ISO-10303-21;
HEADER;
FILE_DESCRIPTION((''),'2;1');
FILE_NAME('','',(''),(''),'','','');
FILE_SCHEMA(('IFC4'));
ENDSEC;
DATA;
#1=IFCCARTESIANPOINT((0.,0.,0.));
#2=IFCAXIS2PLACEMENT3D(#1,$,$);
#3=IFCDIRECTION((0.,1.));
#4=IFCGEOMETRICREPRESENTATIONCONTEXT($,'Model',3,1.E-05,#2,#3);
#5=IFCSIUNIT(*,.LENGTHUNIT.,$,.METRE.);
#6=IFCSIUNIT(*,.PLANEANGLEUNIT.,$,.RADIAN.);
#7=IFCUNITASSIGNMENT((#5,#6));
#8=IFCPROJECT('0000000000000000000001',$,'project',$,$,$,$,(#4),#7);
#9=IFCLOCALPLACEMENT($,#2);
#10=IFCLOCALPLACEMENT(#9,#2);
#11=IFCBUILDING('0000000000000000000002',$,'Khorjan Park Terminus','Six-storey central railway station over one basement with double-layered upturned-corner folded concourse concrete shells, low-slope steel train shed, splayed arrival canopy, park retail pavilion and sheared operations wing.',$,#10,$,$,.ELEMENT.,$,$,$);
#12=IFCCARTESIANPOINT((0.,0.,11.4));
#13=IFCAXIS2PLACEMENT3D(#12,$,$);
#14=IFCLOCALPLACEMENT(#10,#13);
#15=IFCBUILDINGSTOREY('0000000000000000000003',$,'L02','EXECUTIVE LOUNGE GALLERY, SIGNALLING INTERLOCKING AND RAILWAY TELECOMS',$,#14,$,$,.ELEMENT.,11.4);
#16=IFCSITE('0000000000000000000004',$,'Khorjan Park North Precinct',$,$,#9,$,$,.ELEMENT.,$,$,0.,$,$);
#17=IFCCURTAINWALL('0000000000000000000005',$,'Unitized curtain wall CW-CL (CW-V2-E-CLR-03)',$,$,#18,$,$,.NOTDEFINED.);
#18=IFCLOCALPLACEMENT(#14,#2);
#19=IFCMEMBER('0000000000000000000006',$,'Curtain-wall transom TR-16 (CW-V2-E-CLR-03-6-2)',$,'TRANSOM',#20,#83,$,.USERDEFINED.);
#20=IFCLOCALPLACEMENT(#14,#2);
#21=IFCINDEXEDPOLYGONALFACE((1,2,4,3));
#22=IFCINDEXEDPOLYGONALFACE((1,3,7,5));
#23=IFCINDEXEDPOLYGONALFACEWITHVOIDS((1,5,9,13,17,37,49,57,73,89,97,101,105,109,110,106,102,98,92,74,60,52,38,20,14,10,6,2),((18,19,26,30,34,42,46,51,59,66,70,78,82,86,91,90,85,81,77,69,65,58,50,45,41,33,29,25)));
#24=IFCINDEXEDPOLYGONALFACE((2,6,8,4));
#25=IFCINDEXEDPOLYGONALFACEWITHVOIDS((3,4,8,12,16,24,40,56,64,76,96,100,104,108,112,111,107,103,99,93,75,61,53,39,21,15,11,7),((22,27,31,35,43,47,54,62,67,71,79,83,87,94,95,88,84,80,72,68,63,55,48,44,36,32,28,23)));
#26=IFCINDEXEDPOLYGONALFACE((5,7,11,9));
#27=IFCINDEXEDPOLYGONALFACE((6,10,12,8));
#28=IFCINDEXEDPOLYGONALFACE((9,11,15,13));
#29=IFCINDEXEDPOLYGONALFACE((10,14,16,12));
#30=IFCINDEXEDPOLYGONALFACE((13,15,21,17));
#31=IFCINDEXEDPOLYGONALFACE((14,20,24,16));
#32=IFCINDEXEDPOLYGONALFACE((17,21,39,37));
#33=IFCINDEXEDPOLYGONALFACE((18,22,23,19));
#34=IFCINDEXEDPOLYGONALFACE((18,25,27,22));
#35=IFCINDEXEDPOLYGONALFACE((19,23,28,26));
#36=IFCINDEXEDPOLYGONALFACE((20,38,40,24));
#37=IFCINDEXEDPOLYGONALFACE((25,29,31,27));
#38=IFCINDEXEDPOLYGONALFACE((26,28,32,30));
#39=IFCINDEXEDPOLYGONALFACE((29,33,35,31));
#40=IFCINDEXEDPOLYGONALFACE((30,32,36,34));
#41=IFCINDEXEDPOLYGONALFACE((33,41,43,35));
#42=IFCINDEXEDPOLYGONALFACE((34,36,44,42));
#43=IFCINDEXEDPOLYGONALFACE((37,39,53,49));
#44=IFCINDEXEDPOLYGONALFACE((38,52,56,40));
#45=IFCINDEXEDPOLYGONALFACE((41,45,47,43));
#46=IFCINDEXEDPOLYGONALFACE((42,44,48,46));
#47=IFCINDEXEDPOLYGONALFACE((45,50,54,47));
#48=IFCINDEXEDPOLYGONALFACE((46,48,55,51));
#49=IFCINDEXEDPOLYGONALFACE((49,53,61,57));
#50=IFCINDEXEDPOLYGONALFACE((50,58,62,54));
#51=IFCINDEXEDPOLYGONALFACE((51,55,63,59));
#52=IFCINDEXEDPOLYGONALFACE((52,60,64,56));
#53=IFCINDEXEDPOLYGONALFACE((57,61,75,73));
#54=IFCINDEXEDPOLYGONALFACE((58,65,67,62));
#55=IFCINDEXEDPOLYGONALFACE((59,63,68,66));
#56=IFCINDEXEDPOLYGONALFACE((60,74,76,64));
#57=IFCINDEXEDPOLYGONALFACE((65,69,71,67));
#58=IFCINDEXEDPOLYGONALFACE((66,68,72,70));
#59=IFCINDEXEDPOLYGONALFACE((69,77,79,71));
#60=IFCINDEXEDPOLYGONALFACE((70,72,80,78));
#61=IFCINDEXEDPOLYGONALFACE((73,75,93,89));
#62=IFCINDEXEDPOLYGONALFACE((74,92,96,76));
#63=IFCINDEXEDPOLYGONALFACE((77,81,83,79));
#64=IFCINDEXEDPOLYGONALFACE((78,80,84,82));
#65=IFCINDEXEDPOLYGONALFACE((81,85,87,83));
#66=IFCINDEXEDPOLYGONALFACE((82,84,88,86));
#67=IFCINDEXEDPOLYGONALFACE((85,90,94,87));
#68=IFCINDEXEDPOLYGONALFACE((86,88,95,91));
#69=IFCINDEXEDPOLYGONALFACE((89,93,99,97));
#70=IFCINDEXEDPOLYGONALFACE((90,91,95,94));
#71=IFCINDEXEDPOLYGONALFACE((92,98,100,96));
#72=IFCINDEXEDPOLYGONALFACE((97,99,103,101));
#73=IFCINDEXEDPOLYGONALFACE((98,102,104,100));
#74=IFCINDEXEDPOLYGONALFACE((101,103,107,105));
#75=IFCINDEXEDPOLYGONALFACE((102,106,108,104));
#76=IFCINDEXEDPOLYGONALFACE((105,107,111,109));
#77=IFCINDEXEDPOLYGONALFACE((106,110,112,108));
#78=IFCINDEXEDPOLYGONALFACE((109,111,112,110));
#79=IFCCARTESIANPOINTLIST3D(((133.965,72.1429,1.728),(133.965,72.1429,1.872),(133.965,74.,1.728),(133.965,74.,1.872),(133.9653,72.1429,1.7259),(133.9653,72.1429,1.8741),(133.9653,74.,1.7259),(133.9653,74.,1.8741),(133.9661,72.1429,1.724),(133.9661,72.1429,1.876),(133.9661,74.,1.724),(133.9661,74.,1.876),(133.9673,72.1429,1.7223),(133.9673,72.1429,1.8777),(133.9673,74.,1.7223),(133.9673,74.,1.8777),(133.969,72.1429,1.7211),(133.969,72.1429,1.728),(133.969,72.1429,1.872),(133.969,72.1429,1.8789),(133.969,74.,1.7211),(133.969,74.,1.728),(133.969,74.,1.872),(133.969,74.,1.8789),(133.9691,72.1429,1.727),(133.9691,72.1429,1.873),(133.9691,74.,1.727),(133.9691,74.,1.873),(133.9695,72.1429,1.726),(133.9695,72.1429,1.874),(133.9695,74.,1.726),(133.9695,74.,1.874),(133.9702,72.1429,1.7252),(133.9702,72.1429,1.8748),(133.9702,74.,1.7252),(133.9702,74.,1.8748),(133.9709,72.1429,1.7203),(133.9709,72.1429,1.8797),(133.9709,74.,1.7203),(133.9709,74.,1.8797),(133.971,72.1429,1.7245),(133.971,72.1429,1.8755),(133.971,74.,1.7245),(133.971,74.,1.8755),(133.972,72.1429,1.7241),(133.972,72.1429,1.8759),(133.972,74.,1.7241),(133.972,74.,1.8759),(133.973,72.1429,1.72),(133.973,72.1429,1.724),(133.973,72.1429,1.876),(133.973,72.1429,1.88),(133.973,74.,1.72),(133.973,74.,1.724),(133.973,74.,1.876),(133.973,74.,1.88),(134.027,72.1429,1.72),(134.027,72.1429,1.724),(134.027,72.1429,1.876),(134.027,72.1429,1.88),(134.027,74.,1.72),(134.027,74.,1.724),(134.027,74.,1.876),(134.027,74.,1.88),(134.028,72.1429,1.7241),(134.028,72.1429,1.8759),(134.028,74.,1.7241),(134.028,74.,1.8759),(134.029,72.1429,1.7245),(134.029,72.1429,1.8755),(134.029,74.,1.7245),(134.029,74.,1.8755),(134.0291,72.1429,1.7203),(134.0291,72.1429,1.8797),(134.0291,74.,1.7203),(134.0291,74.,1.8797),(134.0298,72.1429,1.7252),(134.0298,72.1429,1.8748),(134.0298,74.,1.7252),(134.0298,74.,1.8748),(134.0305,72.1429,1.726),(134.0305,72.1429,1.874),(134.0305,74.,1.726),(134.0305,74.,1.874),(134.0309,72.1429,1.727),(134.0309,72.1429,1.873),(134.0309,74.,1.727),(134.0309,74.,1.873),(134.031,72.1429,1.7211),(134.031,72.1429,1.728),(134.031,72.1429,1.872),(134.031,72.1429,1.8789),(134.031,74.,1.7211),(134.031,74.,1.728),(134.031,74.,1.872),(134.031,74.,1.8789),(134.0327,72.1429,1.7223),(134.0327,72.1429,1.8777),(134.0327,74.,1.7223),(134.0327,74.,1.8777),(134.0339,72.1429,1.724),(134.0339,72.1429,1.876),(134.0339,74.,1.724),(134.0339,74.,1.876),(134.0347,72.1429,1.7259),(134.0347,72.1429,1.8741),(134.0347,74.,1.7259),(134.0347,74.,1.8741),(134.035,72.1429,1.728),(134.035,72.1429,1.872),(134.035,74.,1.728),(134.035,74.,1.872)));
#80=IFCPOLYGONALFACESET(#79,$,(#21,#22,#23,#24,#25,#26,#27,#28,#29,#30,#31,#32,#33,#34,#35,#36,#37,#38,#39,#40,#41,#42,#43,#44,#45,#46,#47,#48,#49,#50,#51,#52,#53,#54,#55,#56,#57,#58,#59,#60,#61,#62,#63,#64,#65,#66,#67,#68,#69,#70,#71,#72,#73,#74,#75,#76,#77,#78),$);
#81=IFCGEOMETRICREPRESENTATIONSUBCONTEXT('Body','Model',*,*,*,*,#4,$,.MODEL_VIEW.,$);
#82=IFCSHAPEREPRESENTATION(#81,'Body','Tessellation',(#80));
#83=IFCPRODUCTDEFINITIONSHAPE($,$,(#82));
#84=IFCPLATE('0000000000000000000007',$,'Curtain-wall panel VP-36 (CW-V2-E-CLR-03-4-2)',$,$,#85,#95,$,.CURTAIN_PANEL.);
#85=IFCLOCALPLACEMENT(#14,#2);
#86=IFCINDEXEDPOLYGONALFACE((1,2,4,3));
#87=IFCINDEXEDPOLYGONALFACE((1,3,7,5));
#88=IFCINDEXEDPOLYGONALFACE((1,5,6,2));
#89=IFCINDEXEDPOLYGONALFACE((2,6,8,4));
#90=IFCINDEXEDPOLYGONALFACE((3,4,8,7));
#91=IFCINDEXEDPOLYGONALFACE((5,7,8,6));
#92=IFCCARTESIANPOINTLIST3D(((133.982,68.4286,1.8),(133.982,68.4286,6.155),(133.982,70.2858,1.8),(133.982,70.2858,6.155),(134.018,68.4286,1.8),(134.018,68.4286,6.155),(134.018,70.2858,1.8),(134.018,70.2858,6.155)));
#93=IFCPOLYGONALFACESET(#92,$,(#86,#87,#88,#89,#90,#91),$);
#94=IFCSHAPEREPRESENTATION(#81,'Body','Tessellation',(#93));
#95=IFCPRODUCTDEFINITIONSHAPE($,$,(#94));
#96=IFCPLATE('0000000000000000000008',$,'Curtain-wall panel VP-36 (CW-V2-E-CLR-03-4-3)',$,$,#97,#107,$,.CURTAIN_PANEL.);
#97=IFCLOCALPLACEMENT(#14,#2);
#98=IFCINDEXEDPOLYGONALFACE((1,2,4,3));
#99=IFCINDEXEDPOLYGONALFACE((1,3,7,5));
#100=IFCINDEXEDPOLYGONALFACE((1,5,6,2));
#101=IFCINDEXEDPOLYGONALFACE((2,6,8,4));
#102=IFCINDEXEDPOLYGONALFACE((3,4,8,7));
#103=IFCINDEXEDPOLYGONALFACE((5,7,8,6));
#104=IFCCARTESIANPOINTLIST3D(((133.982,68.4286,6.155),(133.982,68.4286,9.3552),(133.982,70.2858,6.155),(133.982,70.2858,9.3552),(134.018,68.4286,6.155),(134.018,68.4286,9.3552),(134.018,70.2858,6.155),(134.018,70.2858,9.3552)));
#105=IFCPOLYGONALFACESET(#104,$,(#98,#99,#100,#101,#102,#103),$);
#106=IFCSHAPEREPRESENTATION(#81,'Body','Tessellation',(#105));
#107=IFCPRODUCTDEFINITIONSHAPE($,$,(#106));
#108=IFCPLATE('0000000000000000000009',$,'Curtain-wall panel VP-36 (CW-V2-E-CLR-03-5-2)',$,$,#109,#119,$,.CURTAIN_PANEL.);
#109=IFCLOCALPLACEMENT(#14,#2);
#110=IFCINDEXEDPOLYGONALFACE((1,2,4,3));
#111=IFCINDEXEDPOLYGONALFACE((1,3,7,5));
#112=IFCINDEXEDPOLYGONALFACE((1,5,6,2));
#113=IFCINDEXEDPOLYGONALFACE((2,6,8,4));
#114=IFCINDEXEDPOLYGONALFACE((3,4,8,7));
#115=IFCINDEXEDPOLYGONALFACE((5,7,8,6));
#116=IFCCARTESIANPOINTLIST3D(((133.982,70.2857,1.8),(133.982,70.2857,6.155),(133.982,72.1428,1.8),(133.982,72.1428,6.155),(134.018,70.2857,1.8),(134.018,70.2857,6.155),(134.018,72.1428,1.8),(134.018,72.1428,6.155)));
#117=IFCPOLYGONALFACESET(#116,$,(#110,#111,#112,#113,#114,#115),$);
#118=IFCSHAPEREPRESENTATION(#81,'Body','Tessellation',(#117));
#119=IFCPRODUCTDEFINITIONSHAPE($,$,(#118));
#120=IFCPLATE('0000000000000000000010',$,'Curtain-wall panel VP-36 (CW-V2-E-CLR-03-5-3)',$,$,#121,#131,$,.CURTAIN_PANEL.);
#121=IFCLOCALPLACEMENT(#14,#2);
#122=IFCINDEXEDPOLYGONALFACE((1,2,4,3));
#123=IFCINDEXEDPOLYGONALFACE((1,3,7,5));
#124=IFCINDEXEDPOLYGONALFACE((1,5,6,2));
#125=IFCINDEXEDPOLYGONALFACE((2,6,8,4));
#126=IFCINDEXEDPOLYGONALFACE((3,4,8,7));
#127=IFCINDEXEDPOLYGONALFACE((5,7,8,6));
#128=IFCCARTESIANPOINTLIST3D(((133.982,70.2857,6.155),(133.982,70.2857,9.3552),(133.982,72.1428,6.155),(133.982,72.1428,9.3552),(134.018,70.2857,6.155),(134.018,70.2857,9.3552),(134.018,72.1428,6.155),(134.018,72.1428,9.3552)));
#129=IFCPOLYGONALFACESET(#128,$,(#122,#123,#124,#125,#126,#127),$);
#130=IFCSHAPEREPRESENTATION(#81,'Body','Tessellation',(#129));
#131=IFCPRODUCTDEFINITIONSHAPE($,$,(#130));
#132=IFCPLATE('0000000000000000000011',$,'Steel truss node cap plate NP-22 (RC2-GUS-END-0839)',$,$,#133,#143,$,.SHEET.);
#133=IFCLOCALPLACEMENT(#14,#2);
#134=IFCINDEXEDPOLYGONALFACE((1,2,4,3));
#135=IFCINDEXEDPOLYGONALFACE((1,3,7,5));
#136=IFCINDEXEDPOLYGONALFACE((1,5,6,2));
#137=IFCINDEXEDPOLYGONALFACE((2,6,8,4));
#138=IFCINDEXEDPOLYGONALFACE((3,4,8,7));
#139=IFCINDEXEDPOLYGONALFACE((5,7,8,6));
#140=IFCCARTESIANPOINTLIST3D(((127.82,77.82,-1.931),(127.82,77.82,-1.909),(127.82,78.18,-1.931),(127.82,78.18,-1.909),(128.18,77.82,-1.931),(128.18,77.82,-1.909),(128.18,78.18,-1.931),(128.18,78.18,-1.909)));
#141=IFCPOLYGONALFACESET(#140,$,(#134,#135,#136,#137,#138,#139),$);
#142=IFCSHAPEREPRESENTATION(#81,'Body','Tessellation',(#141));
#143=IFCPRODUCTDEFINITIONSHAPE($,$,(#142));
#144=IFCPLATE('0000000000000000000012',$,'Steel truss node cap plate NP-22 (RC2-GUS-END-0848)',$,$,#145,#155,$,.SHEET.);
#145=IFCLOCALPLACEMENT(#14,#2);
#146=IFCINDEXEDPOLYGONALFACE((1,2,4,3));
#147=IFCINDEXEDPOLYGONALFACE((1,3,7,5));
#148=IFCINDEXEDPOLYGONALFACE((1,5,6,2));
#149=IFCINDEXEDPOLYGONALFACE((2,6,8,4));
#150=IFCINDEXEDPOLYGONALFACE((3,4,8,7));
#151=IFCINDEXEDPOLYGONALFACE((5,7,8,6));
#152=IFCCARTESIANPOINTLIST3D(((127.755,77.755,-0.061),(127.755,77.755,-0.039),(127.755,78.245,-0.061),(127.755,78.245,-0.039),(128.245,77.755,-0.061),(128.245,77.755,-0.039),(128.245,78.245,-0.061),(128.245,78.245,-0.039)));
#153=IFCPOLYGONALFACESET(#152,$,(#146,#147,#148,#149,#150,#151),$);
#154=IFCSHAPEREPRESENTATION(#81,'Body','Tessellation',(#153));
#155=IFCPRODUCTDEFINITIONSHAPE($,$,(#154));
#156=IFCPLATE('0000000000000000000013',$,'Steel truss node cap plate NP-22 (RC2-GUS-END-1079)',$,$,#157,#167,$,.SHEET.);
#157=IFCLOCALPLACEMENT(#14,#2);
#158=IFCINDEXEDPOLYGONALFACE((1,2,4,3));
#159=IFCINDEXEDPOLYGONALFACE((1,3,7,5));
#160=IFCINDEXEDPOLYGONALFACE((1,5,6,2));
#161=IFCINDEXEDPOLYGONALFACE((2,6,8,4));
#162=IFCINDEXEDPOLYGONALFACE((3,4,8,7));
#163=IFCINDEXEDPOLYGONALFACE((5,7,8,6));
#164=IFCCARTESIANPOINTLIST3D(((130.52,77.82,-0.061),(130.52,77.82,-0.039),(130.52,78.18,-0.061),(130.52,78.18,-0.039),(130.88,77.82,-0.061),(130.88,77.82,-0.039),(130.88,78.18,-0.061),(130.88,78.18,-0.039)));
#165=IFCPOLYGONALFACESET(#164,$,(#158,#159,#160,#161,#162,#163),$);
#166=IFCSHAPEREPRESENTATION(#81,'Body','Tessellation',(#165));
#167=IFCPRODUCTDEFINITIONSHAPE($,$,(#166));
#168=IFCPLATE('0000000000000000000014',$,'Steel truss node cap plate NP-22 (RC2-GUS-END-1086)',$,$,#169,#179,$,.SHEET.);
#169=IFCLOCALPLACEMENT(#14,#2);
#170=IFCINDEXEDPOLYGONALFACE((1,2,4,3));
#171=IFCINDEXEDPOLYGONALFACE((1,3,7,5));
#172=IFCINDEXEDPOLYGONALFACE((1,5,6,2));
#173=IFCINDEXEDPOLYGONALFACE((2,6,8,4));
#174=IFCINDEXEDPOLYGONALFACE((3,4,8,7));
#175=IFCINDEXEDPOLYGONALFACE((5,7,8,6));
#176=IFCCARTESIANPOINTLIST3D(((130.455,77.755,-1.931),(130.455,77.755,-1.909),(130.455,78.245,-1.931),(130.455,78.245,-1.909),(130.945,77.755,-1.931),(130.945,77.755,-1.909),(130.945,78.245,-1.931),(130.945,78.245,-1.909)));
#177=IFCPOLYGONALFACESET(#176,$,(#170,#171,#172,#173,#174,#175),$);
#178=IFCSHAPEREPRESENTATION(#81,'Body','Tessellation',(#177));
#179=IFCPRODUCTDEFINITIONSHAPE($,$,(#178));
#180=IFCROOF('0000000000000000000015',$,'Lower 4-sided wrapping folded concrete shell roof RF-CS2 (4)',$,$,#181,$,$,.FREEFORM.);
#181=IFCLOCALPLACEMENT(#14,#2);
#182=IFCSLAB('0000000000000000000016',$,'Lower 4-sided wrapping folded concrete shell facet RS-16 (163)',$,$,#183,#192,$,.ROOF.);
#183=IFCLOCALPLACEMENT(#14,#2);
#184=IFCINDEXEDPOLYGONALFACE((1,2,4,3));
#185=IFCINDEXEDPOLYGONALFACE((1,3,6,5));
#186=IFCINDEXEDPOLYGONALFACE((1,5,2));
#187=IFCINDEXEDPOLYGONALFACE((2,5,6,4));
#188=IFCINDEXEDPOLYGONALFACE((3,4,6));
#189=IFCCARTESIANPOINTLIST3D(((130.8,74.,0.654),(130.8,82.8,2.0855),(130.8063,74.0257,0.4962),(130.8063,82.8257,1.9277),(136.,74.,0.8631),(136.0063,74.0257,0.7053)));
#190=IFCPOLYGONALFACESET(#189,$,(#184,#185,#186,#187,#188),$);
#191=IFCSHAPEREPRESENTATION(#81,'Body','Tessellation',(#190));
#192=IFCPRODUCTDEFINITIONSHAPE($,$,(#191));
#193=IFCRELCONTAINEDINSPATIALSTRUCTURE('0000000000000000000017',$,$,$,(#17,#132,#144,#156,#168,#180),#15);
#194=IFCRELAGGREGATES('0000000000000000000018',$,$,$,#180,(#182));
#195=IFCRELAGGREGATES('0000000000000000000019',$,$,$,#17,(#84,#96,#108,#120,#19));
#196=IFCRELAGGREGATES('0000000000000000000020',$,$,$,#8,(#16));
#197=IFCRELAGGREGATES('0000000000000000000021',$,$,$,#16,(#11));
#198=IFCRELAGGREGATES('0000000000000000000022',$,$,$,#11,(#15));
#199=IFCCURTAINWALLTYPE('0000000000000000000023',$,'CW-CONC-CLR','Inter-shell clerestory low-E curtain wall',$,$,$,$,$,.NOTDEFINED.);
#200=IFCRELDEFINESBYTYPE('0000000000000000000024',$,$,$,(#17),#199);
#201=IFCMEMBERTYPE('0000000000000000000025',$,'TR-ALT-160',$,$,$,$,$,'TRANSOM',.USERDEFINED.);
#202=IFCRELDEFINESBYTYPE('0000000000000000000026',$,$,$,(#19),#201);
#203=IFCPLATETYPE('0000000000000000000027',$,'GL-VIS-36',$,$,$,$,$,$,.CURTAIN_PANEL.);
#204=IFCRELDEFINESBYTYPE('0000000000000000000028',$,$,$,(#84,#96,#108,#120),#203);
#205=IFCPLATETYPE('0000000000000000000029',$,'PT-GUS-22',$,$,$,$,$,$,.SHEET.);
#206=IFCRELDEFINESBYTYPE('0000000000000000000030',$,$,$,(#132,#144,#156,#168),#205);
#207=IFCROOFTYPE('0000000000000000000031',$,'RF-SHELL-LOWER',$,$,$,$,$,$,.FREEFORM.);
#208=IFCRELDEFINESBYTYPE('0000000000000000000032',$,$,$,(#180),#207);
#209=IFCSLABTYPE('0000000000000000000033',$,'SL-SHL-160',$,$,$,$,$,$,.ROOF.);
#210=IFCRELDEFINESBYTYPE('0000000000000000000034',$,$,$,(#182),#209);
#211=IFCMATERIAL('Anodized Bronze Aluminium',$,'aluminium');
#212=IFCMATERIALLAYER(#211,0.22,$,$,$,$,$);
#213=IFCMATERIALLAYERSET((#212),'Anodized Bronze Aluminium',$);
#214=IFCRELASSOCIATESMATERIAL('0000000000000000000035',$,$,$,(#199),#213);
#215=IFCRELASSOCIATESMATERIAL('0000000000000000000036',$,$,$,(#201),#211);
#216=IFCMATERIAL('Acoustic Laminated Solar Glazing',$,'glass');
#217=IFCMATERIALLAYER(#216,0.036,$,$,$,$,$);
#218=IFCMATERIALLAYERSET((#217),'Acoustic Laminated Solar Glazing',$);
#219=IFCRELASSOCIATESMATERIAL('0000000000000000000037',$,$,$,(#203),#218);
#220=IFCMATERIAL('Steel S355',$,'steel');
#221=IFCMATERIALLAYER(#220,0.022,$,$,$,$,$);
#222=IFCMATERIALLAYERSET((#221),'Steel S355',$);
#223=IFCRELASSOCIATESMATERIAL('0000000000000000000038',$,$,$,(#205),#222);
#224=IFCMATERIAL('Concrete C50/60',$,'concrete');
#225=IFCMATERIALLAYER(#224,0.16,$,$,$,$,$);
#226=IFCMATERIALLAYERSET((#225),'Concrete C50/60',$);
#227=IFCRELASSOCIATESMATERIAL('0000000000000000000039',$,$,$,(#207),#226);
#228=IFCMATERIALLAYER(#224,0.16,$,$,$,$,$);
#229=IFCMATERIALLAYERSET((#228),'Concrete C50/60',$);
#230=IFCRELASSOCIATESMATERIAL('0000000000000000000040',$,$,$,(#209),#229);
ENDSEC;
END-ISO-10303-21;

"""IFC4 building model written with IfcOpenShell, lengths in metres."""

from ifc_helpers import new_model, si_unit, direction, frame, origin, origin_2d, place, context, subcontext, project, spatial, polyline, rectangle, hollow_rectangle, outline, extrude, material, layer, layer_set, material_profile, profile_set, type_object, element, aggregate, save


model = new_model("IFC4")

# Units and contexts
model_context = context("Model", 3, precision=1e-05, world=origin(), true_north=direction((0.0, 1.0)))
body_context = subcontext(model_context, "Body", "Model", "MODEL_VIEW")
ifc_project = project(units=[si_unit("LENGTHUNIT", "METRE"), si_unit("PLANEANGLEUNIT", "RADIAN")], contexts=[model_context])

# Site, building, storey
site_placement = place(None, origin())
site = spatial("IfcSite", under=ifc_project, at=site_placement, Name="Khorjan Park North Precinct", CompositionType="ELEMENT", RefElevation=0.0)
building_placement = place(site_placement, origin())
building = spatial("IfcBuilding", under=site, at=building_placement, Name="Khorjan Park Terminus", Description="Six-storey central railway station over one basement with double-layered upturned-corner folded concourse concrete shells, low-slope steel train shed, splayed arrival canopy, park retail pavilion and sheared operations wing.", CompositionType="ELEMENT")
storey_placement = place(building_placement, frame((0.0, 0.0, 11.4)))
storey = spatial("IfcBuildingStorey", under=building, at=storey_placement, Name="L02", Description="EXECUTIVE LOUNGE GALLERY, SIGNALLING INTERLOCKING AND RAILWAY TELECOMS", CompositionType="ELEMENT", Elevation=11.4)

# Shared definitions
ifc_material_1 = material(Name="Steel S355", Category="steel")

# Curtain wall, member, plates
ifc_material_2 = material(Name="Anodized Bronze Aluminium", Category="aluminium")
ifc_layer_1 = layer(ifc_material_2, 0.22)
ifc_layer_set_1 = layer_set([ifc_layer_1], Name="Anodized Bronze Aluminium")
curtain_wall_type = type_object("IfcCurtainWallType", Name="CW-CONC-CLR", Description="Inter-shell clerestory low-E curtain wall", PredefinedType="NOTDEFINED", material=ifc_layer_set_1)
curtain_wall_placement = place(storey_placement, origin())
curtain_wall = element("IfcCurtainWall", 1, at=curtain_wall_placement, inside=storey, type_object=curtain_wall_type, Name="Unitized curtain wall CW-CL (CW-V2-E-CLR-03)", PredefinedType="NOTDEFINED")
ifc_material_profile_1 = material_profile(ifc_material_2, hollow_rectangle(XDim=0.07, YDim=0.16, WallThickness=0.004, InnerFilletRadius=0.004, OuterFilletRadius=0.008, at=origin_2d()), Name="ALT 70x160x4")
ifc_profile_set_1 = profile_set([ifc_material_profile_1], Name="Anodized Bronze Aluminium")
member_type_1 = type_object("IfcMemberType", Name="TR-ALT-160", ElementType="TRANSOM", PredefinedType="USERDEFINED", material=ifc_profile_set_1)
member_1_placement = place(storey_placement, frame((134.0, 72.1429, 1.8), z_axis=(0.0, 1.0, 0.0), x_axis=(-1.0, 0.0, 0.0)))
member_1 = element("IfcMember", 2, at=member_1_placement, type_object=member_type_1, Name="Curtain-wall transom TR-16 (CW-V2-E-CLR-03-6-2)", ObjectType="TRANSOM", PredefinedType="USERDEFINED", context=body_context, shape_type="SweptSolid", body=[
    extrude(hollow_rectangle(XDim=0.07, YDim=0.16, WallThickness=0.004, InnerFilletRadius=0.004, OuterFilletRadius=0.008, at=origin_2d()), origin(), (0.0, 0.0, 1.0), 1.8571),
])
ifc_material_3 = material(Name="Acoustic Laminated Solar Glazing", Category="glass")
ifc_layer_2 = layer(ifc_material_3, 0.036)
ifc_layer_set_2 = layer_set([ifc_layer_2], Name="Acoustic Laminated Solar Glazing")
plate_type_1 = type_object("IfcPlateType", Name="GL-VIS-36", PredefinedType="CURTAIN_PANEL", material=ifc_layer_set_2)
plate_1_placement = place(storey_placement, frame((134.0, 69.3572, 1.8), z_axis=(0.0, 0.0, 1.0), x_axis=(0.0, 1.0, 0.0)))
plate_1 = element("IfcPlate", 3, at=plate_1_placement, type_object=plate_type_1, Name="Curtain-wall panel VP-36 (CW-V2-E-CLR-03-4-2)", PredefinedType="CURTAIN_PANEL", context=body_context, shape_type="SweptSolid", body=[
    extrude(rectangle(XDim=1.8571, YDim=0.036, at=origin_2d()), origin(), (0.0, 0.0, 1.0), 4.355),
])
plate_2_placement = place(storey_placement, frame((134.0, 69.3572, 6.155), z_axis=(0.0, 0.0, 1.0), x_axis=(0.0, 1.0, 0.0)))
plate_2 = element("IfcPlate", 4, at=plate_2_placement, type_object=plate_type_1, Name="Curtain-wall panel VP-36 (CW-V2-E-CLR-03-4-3)", PredefinedType="CURTAIN_PANEL", context=body_context, shape_type="SweptSolid", body=[
    extrude(rectangle(XDim=1.8571, YDim=0.036, at=origin_2d()), origin(), (0.0, 0.0, 1.0), 3.2002),
])
plate_3_placement = place(storey_placement, frame((134.0, 71.2143, 1.8), z_axis=(0.0, 0.0, 1.0), x_axis=(0.0, 1.0, 0.0)))
plate_3 = element("IfcPlate", 5, at=plate_3_placement, type_object=plate_type_1, Name="Curtain-wall panel VP-36 (CW-V2-E-CLR-03-5-2)", PredefinedType="CURTAIN_PANEL", context=body_context, shape_type="SweptSolid", body=[
    extrude(rectangle(XDim=1.8571, YDim=0.036, at=origin_2d()), origin(), (0.0, 0.0, 1.0), 4.355),
])
plate_4_placement = place(storey_placement, frame((134.0, 71.2143, 6.155), z_axis=(0.0, 0.0, 1.0), x_axis=(0.0, 1.0, 0.0)))
plate_4 = element("IfcPlate", 6, at=plate_4_placement, type_object=plate_type_1, Name="Curtain-wall panel VP-36 (CW-V2-E-CLR-03-5-3)", PredefinedType="CURTAIN_PANEL", context=body_context, shape_type="SweptSolid", body=[
    extrude(rectangle(XDim=1.8571, YDim=0.036, at=origin_2d()), origin(), (0.0, 0.0, 1.0), 3.2002),
])

# Plates
ifc_layer_3 = layer(ifc_material_1, 0.022)
ifc_layer_set_3 = layer_set([ifc_layer_3], Name="Steel S355")
plate_type_2 = type_object("IfcPlateType", Name="PT-GUS-22", PredefinedType="SHEET", material=ifc_layer_set_3)
plate_5_placement = place(storey_placement, frame((128.0, 78.0, -1.931), z_axis=(0.0, 0.0, 1.0), x_axis=(1.0, 0.0, 0.0)))
element("IfcPlate", 7, at=plate_5_placement, inside=storey, type_object=plate_type_2, Name="Steel truss node cap plate NP-22 (RC2-GUS-END-0839)", PredefinedType="SHEET", context=body_context, shape_type="SweptSolid", body=[
    extrude(rectangle(XDim=0.36, YDim=0.36, at=origin_2d()), origin(), (0.0, 0.0, 1.0), 0.022),
])
plate_6_placement = place(storey_placement, frame((128.0, 78.0, -0.061), z_axis=(0.0, 0.0, 1.0), x_axis=(1.0, 0.0, 0.0)))
element("IfcPlate", 8, at=plate_6_placement, inside=storey, type_object=plate_type_2, Name="Steel truss node cap plate NP-22 (RC2-GUS-END-0848)", PredefinedType="SHEET", context=body_context, shape_type="SweptSolid", body=[
    extrude(rectangle(XDim=0.49, YDim=0.49, at=origin_2d()), origin(), (0.0, 0.0, 1.0), 0.022),
])
plate_7_placement = place(storey_placement, frame((130.7, 78.0, -0.061), z_axis=(0.0, 0.0, 1.0), x_axis=(1.0, 0.0, 0.0)))
element("IfcPlate", 9, at=plate_7_placement, inside=storey, type_object=plate_type_2, Name="Steel truss node cap plate NP-22 (RC2-GUS-END-1079)", PredefinedType="SHEET", context=body_context, shape_type="SweptSolid", body=[
    extrude(rectangle(XDim=0.36, YDim=0.36, at=origin_2d()), origin(), (0.0, 0.0, 1.0), 0.022),
])
plate_8_placement = place(storey_placement, frame((130.7, 78.0, -1.931), z_axis=(0.0, 0.0, 1.0), x_axis=(1.0, 0.0, 0.0)))
element("IfcPlate", 10, at=plate_8_placement, inside=storey, type_object=plate_type_2, Name="Steel truss node cap plate NP-22 (RC2-GUS-END-1086)", PredefinedType="SHEET", context=body_context, shape_type="SweptSolid", body=[
    extrude(rectangle(XDim=0.49, YDim=0.49, at=origin_2d()), origin(), (0.0, 0.0, 1.0), 0.022),
])

# Roof, slab
ifc_material_4 = material(Name="Concrete C50/60", Category="concrete")
ifc_layer_4 = layer(ifc_material_4, 0.16)
ifc_layer_set_4 = layer_set([ifc_layer_4], Name="Concrete C50/60")
roof_type = type_object("IfcRoofType", Name="RF-SHELL-LOWER", PredefinedType="FREEFORM", material=ifc_layer_set_4)
roof_placement = place(storey_placement, origin())
roof = element("IfcRoof", 11, at=roof_placement, inside=storey, type_object=roof_type, Name="Lower 4-sided wrapping folded concrete shell roof RF-CS2 (4)", PredefinedType="FREEFORM")
ifc_layer_5 = layer(ifc_material_4, 0.16)
ifc_layer_set_5 = layer_set([ifc_layer_5], Name="Concrete C50/60")
slab_type = type_object("IfcSlabType", Name="SL-SHL-160", PredefinedType="ROOF", material=ifc_layer_set_5)
slab_placement = place(storey_placement, frame((130.8, 74.0, 0.654), z_axis=(-0.039659, -0.160434, 0.98625), x_axis=(0.999192, 0.0, 0.040179)))
slab = element("IfcSlab", 12, at=slab_placement, type_object=slab_type, Name="Lower 4-sided wrapping folded concrete shell facet RS-16 (163)", PredefinedType="ROOF", context=body_context, shape_type="SweptSolid", body=[
    extrude(outline(polyline([(0.0, 0.0), (5.2042, 0.0), (0.0575, 8.9155), (0.0, 0.0)])), origin(), (0.0, 0.0, -1.0), 0.16),
])
aggregate(roof, [slab])

aggregate(curtain_wall, [plate_1, plate_2, plate_3, plate_4, member_1])

save(model, "model.ifc")
